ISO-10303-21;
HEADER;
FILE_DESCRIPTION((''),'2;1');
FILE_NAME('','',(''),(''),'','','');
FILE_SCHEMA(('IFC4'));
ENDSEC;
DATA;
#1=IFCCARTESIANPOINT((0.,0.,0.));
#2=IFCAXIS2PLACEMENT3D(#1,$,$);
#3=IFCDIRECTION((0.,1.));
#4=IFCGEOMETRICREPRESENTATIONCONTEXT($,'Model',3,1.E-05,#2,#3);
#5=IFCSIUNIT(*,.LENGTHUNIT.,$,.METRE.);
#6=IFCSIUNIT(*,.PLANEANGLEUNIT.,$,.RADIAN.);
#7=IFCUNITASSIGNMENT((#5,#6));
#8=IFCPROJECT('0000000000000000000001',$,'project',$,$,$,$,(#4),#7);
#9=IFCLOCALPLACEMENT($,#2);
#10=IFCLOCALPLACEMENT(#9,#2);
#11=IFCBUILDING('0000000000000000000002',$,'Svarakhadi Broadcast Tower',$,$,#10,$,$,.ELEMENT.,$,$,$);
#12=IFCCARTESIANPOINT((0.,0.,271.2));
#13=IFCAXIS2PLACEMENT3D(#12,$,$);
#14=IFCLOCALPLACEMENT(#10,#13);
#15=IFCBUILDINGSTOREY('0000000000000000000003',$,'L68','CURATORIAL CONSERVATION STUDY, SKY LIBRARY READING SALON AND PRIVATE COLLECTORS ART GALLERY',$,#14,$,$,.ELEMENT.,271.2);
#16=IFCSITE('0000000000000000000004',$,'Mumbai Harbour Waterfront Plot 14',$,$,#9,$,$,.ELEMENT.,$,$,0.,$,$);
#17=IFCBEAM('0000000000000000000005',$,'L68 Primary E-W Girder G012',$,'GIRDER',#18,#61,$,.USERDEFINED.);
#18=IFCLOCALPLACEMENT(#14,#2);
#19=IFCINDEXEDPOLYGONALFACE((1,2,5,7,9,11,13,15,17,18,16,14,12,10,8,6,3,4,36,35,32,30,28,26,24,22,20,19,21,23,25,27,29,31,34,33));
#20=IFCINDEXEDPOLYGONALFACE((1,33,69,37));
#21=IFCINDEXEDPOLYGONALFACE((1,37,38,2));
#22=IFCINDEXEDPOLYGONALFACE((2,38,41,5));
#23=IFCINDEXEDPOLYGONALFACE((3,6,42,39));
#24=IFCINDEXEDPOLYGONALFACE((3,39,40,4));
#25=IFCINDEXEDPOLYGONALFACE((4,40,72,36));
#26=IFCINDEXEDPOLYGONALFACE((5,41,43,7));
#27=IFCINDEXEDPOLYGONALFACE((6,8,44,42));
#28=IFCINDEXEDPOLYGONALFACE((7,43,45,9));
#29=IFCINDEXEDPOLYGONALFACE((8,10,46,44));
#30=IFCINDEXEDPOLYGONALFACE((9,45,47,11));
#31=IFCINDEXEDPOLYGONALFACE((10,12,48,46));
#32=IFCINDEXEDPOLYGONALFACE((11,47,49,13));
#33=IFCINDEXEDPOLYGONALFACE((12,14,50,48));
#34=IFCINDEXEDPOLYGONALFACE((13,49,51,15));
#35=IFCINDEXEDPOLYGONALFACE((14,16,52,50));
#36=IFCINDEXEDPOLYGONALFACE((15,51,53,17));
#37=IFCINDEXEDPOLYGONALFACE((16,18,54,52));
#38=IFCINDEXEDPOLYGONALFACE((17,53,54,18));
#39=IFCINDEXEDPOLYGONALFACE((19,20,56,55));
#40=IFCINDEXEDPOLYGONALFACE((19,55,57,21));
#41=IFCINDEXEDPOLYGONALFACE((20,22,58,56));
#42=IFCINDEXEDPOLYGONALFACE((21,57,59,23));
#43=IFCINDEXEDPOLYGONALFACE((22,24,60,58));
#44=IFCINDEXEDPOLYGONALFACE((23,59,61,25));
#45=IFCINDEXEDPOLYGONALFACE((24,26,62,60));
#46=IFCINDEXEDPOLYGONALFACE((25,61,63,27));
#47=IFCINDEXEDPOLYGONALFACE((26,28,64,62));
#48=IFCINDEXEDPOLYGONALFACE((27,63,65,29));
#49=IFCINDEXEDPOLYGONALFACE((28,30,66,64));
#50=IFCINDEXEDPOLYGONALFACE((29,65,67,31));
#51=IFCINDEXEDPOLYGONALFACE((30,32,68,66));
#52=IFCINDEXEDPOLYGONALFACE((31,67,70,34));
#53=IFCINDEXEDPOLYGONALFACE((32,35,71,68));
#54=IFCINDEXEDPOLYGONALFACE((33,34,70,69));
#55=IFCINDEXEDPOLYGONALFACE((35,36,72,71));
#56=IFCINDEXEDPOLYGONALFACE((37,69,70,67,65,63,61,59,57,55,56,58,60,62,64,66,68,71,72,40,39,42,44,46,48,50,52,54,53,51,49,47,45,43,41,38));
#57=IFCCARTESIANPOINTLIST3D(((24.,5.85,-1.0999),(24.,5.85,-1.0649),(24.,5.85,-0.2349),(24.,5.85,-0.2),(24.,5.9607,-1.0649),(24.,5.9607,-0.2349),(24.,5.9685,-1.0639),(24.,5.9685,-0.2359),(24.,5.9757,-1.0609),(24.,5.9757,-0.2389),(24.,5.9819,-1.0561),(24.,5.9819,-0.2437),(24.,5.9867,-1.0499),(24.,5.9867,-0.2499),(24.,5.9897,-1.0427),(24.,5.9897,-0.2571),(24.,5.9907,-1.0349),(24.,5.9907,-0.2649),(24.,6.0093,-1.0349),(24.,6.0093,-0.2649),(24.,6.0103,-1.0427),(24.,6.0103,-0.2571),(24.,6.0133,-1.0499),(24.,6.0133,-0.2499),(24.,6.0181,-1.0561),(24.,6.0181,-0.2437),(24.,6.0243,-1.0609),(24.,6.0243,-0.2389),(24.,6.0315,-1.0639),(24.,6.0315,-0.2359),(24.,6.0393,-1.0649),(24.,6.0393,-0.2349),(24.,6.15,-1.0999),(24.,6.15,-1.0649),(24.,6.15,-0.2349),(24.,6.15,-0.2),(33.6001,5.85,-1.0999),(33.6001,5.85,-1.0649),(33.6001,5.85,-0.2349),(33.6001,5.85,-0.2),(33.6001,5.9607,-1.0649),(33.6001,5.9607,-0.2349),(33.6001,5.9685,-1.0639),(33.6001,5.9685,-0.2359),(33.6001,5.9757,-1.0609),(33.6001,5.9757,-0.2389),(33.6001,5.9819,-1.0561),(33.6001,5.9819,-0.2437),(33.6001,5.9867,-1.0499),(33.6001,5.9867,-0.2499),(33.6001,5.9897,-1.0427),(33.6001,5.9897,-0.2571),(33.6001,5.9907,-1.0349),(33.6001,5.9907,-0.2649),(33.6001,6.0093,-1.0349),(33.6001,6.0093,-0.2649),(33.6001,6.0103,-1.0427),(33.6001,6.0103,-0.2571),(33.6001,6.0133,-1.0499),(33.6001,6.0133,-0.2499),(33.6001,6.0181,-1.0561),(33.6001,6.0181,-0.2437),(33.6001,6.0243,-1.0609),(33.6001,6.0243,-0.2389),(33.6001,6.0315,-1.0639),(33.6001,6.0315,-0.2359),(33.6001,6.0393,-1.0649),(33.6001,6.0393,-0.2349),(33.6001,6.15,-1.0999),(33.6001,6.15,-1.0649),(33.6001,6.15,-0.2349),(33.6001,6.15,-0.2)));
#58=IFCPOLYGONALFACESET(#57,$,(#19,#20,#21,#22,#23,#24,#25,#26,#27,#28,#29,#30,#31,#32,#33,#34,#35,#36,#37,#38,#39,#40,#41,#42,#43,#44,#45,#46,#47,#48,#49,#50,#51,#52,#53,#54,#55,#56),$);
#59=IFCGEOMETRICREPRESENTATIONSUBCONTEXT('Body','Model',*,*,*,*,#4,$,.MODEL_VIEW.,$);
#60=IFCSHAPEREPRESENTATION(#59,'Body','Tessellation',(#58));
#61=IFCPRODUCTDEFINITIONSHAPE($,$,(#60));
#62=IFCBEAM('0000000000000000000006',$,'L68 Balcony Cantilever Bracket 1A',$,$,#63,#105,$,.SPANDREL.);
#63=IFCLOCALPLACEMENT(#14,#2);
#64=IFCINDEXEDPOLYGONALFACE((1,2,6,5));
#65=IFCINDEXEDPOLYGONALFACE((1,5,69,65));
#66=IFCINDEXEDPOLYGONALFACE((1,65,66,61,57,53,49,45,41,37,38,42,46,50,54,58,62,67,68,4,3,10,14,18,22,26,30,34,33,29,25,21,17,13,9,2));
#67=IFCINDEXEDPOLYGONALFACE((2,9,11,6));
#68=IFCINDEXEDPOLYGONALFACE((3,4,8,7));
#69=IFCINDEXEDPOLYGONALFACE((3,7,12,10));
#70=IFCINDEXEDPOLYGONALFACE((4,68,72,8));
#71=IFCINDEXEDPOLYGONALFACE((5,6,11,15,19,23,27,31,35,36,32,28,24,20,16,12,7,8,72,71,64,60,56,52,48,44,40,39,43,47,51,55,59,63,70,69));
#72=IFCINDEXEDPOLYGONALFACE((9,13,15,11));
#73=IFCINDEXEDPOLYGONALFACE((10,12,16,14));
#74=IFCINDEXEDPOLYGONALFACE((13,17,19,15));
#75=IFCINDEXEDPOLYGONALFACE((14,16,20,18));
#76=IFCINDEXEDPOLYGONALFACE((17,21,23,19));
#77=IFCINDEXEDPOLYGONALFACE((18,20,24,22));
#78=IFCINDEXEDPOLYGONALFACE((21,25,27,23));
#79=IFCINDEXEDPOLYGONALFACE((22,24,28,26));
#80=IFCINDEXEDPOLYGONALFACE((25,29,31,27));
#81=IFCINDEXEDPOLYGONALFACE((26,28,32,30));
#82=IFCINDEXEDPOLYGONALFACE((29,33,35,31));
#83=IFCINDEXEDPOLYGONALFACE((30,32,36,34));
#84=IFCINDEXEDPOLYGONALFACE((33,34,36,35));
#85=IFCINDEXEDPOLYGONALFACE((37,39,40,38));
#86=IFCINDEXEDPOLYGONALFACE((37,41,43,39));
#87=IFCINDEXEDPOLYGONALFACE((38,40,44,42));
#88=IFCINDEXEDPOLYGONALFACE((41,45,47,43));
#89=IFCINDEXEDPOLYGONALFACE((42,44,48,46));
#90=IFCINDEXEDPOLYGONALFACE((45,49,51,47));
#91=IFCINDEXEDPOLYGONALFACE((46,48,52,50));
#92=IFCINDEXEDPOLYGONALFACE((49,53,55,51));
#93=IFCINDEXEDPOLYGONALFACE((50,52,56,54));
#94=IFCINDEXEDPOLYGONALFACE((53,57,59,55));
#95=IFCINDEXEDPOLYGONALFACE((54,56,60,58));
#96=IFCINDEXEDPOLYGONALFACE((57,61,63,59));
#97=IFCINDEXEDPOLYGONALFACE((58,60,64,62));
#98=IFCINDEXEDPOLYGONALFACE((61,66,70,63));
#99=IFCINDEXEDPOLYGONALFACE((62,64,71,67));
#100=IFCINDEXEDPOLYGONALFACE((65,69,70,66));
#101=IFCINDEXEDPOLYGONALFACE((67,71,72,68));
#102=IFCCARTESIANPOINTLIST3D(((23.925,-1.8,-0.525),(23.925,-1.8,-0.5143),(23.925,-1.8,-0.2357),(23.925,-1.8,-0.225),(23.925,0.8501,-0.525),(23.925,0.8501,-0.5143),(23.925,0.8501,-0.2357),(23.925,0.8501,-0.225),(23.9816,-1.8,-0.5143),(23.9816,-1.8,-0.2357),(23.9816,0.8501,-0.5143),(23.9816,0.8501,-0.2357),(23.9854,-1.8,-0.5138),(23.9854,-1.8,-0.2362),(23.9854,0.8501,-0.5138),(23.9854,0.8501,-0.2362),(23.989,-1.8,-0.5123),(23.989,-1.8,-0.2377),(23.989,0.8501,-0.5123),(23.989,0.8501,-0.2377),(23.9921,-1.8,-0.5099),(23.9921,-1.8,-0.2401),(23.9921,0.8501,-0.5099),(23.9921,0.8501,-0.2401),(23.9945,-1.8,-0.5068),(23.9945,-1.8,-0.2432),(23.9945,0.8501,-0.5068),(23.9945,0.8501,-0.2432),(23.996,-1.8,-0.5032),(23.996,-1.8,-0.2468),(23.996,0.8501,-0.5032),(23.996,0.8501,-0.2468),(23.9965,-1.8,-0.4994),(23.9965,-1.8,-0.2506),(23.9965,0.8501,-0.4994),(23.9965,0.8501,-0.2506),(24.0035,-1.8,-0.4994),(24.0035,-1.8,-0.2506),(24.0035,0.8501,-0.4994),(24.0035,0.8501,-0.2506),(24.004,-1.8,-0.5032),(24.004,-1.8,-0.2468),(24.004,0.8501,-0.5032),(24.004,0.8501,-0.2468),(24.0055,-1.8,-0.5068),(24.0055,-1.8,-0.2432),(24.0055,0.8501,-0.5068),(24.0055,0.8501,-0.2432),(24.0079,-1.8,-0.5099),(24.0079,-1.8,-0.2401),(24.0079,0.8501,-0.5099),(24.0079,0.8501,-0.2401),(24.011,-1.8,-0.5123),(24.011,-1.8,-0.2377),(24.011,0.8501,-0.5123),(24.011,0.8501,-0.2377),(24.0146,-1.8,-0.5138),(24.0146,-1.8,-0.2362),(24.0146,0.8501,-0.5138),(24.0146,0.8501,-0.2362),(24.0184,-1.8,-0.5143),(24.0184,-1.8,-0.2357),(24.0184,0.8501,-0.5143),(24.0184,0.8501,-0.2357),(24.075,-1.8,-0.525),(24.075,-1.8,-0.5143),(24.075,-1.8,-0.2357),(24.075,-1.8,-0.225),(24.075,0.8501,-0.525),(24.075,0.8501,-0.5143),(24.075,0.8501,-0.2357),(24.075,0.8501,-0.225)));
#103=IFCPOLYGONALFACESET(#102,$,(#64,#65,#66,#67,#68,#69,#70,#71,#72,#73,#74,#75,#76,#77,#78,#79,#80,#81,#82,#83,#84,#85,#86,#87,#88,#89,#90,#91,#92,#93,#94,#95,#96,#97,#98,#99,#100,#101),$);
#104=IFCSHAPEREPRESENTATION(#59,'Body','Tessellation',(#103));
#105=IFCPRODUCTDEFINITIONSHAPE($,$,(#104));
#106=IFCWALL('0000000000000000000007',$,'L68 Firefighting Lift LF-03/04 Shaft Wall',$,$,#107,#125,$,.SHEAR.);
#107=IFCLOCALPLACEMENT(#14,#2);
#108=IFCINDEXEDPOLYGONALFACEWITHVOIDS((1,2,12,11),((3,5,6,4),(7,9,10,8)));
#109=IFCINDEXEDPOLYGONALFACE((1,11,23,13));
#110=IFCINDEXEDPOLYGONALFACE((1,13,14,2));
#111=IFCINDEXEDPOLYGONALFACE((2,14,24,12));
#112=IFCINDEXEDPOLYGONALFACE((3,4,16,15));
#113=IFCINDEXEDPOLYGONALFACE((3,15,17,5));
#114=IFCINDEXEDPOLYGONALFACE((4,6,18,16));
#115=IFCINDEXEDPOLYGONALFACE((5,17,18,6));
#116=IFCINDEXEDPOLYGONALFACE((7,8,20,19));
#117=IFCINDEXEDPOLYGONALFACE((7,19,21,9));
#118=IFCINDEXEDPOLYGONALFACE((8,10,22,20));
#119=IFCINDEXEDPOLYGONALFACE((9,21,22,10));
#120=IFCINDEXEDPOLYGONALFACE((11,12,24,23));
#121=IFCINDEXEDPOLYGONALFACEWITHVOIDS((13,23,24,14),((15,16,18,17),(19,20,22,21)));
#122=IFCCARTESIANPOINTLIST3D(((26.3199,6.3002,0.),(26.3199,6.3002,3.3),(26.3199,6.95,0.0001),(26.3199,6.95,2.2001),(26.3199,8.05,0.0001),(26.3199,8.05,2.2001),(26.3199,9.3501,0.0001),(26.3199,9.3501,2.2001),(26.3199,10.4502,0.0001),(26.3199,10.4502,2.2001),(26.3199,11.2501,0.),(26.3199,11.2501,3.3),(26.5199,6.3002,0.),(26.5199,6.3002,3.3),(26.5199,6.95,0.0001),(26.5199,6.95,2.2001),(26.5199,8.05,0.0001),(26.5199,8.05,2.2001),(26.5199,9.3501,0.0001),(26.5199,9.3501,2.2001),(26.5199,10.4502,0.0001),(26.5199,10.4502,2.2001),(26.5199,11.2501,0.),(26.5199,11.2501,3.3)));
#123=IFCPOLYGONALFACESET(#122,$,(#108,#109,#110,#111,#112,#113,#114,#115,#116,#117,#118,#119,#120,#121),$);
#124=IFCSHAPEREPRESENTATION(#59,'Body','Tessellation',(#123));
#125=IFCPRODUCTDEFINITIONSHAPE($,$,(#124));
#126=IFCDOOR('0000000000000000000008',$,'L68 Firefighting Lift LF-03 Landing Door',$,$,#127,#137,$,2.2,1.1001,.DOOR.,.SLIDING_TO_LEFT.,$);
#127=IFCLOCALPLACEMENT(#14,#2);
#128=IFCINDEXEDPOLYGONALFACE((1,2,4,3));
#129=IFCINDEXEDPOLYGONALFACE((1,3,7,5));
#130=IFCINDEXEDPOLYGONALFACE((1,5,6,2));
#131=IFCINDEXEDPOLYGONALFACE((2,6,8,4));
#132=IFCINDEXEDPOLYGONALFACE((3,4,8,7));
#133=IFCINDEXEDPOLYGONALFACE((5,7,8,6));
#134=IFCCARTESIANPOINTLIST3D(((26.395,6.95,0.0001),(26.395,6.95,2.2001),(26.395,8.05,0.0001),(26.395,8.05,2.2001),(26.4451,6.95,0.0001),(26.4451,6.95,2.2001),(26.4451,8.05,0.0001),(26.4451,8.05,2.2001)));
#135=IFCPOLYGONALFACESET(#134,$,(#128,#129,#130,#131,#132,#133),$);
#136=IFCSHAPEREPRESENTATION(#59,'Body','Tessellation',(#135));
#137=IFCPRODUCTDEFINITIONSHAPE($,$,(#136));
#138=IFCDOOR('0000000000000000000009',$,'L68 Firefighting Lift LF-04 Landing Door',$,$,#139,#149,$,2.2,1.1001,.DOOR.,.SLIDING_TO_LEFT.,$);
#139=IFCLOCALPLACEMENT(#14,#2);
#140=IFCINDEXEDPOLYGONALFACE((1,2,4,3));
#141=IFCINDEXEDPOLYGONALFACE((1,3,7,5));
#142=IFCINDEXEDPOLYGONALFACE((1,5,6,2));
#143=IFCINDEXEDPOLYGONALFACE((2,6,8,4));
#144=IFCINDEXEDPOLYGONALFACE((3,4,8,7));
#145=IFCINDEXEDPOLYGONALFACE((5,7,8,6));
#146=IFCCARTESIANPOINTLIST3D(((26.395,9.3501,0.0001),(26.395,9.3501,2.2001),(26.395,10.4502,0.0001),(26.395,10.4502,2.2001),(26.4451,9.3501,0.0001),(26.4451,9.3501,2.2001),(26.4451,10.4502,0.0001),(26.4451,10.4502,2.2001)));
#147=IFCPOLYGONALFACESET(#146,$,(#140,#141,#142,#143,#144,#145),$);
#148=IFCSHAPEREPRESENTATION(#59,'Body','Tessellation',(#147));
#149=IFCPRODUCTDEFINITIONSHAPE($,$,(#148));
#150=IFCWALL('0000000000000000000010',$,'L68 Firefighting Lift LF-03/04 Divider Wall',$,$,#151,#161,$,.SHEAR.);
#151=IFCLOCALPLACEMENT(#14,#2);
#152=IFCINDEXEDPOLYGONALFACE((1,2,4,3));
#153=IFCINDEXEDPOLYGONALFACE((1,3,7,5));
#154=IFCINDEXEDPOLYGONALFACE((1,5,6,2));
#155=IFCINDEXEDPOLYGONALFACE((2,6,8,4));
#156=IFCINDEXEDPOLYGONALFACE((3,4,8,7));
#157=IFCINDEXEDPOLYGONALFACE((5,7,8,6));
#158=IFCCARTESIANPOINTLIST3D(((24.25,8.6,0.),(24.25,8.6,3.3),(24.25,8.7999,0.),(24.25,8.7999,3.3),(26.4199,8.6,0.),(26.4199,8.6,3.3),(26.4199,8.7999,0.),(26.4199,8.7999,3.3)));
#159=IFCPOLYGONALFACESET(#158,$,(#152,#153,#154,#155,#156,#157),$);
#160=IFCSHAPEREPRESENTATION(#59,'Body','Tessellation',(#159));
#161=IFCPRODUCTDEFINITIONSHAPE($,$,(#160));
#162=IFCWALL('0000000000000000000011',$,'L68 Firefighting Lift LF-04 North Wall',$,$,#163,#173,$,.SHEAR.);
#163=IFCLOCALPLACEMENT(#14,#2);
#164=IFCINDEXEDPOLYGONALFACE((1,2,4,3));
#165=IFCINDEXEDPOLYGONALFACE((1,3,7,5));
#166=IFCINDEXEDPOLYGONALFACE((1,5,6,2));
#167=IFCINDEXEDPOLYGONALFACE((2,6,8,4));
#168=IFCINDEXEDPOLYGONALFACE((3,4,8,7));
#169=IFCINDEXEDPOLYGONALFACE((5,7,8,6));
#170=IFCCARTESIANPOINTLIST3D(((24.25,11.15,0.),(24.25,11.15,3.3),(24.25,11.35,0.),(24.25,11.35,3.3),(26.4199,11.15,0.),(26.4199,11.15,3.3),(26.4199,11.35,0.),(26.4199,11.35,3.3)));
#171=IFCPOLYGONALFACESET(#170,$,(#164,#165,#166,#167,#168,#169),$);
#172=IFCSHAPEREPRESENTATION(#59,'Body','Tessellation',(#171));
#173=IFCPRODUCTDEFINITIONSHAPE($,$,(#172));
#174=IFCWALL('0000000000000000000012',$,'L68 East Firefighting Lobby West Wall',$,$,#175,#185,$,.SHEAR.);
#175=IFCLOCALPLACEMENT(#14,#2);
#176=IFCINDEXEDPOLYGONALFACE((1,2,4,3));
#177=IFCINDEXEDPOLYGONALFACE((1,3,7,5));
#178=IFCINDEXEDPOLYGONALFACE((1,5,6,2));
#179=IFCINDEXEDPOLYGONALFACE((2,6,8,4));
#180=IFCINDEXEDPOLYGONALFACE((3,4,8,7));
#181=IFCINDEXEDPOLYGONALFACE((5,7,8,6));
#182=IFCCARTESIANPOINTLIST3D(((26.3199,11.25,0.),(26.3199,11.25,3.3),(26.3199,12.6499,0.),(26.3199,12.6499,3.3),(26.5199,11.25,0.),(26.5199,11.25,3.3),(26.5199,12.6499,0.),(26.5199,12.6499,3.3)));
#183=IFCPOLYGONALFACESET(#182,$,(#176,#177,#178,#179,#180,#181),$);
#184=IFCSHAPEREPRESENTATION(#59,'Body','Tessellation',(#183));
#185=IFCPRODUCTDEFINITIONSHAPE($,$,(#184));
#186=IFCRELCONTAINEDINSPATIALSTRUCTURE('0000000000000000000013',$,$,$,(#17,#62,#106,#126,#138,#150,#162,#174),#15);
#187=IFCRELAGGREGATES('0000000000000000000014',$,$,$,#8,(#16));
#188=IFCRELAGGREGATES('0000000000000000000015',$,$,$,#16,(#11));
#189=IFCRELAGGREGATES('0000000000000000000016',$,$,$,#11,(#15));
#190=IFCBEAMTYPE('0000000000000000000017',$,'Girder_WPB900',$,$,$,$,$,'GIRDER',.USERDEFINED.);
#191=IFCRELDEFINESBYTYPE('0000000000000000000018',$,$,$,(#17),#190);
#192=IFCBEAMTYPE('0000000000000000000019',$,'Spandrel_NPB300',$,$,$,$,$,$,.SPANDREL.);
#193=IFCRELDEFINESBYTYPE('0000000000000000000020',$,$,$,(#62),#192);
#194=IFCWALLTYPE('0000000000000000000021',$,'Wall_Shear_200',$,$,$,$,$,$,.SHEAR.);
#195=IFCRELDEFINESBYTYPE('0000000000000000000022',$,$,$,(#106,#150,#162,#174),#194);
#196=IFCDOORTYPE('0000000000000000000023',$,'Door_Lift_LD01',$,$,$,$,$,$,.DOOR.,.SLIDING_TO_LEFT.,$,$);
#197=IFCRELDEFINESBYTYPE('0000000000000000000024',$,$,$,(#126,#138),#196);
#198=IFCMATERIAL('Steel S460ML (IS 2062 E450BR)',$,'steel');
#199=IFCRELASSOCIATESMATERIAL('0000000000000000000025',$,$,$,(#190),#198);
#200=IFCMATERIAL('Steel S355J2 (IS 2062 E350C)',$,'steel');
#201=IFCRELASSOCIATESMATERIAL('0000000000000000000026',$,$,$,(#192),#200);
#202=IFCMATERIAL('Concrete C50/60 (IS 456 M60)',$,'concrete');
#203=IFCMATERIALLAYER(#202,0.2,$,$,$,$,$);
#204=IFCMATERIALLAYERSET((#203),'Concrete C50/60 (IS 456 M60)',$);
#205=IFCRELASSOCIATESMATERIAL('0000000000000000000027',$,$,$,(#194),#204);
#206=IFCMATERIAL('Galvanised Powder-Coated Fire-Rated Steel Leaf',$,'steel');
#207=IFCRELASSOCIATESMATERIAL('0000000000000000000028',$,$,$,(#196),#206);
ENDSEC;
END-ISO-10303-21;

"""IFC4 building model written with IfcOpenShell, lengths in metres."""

from ifc_helpers import new_model, si_unit, direction, frame, frame_2d, origin, origin_2d, place, context, subcontext, project, spatial, rectangle, i_section, extrude, material, layer, layer_set, material_profile, profile_set, type_object, element, fill, save


model = new_model("IFC4")

# Units and contexts
model_context = context("Model", 3, precision=1e-05, world=origin(), true_north=direction((0.0, 1.0)))
body_context = subcontext(model_context, "Body", "Model", "MODEL_VIEW")
ifc_project = project(units=[si_unit("LENGTHUNIT", "METRE"), si_unit("PLANEANGLEUNIT", "RADIAN")], contexts=[model_context])

# Site, building, storey
site_placement = place(None, origin())
site = spatial("IfcSite", under=ifc_project, at=site_placement, Name="Mumbai Harbour Waterfront Plot 14", CompositionType="ELEMENT", RefElevation=0.0)
building_placement = place(site_placement, origin())
building = spatial("IfcBuilding", under=site, at=building_placement, Name="Svarakhadi Broadcast Tower", CompositionType="ELEMENT")
storey_placement = place(building_placement, frame((0.0, 0.0, 271.2)))
storey = spatial("IfcBuildingStorey", under=building, at=storey_placement, Name="L68", Description="CURATORIAL CONSERVATION STUDY, SKY LIBRARY READING SALON AND PRIVATE COLLECTORS ART GALLERY", CompositionType="ELEMENT", Elevation=271.2)

# Shared definitions
ifc_material_1 = material(Name="Concrete C50/60 (IS 456 M60)", Category="concrete")
ifc_material_2 = material(Name="Steel S460ML (IS 2062 E450BR)", Category="steel")

# Beams
ifc_material_3 = material(Name="Steel S355J2 (IS 2062 E350C)", Category="steel")
ifc_material_profile_1 = material_profile(ifc_material_2, i_section(OverallWidth=0.3, OverallDepth=0.8999, WebThickness=0.0186, FlangeThickness=0.0349, FilletRadius=0.03, at=origin_2d()), Name="WPB 900x300x291")
ifc_profile_set_1 = profile_set([ifc_material_profile_1], Name="Steel S460ML (IS 2062 E450BR)")
beam_type_1 = type_object("IfcBeamType", Name="Girder_WPB900", ElementType="GIRDER", PredefinedType="USERDEFINED", material=ifc_profile_set_1)
beam_1_placement = place(storey_placement, frame((24.0, 6.0, -0.6499), z_axis=(1.0, 0.0, 0.0), x_axis=(0.0, 1.0, 0.0)))
element("IfcBeam", 1, at=beam_1_placement, inside=storey, type_object=beam_type_1, Name="L68 Primary E-W Girder G012", ObjectType="GIRDER", PredefinedType="USERDEFINED", context=body_context, shape_type="SweptSolid", body=[
    extrude(i_section(OverallWidth=0.3, OverallDepth=0.8999, WebThickness=0.0186, FlangeThickness=0.0349, FilletRadius=0.03, at=origin_2d()), origin(), (0.0, 0.0, 1.0), 9.6001),
])
ifc_material_profile_2 = material_profile(ifc_material_3, i_section(OverallWidth=0.1499, OverallDepth=0.3, WebThickness=0.0071, FlangeThickness=0.0107, FilletRadius=0.0149, at=origin_2d()), Name="NPB 300x150x37")
ifc_profile_set_2 = profile_set([ifc_material_profile_2], Name="Steel S355J2 (IS 2062 E350C)")
beam_type_2 = type_object("IfcBeamType", Name="Spandrel_NPB300", PredefinedType="SPANDREL", material=ifc_profile_set_2)
beam_2_placement = place(storey_placement, frame((24.0, 0.8501, -0.375), z_axis=(0.0, -1.0, 0.0), x_axis=(1.0, 0.0, 0.0)))
element("IfcBeam", 2, at=beam_2_placement, inside=storey, type_object=beam_type_2, Name="L68 Balcony Cantilever Bracket 1A", PredefinedType="SPANDREL", context=body_context, shape_type="SweptSolid", body=[
    extrude(i_section(OverallWidth=0.1499, OverallDepth=0.3, WebThickness=0.0071, FlangeThickness=0.0107, FilletRadius=0.0149, at=origin_2d()), origin(), (0.0, 0.0, 1.0), 2.6501),
])

# Wall, openings, doors
ifc_layer_1 = layer(ifc_material_1, 0.2)
ifc_layer_set_1 = layer_set([ifc_layer_1], Name="Concrete C50/60 (IS 456 M60)")
wall_type_1 = type_object("IfcWallType", Name="Wall_Shear_200", PredefinedType="SHEAR", material=ifc_layer_set_1)
wall_1_placement = place(storey_placement, frame((26.4199, 6.3, 0.0), z_axis=(0.0, 0.0, 1.0), x_axis=(0.0, 1.0, 0.0)))
wall_1 = element("IfcWall", 3, at=wall_1_placement, inside=storey, type_object=wall_type_1, Name="L68 Firefighting Lift LF-03/04 Shaft Wall", PredefinedType="SHEAR", context=body_context, shape_type="SweptSolid", body=[
    extrude(rectangle(XDim=4.95, YDim=0.2, at=frame_2d((2.4751, 0.0))), origin(), (0.0, 0.0, 1.0), 3.3),
])
opening_1_placement = place(wall_1_placement, frame((0.6499, 0.0, 0.0)))
opening_1 = element("IfcOpeningElement", 4, at=opening_1_placement, cuts=wall_1, PredefinedType="OPENING", context=body_context, shape_type="SweptSolid", body=[
    extrude(rectangle(XDim=1.1001, YDim=2.2, at=frame_2d((0.55, 1.1001))), frame((0.0, 0.1099, 0.0), z_axis=(0.0, -1.0, 0.0), x_axis=(1.0, 0.0, 0.0)), (0.0, 0.0, 1.0), 0.22),
])
opening_2_placement = place(wall_1_placement, frame((3.05, 0.0, 0.0)))
opening_2 = element("IfcOpeningElement", 5, at=opening_2_placement, cuts=wall_1, PredefinedType="OPENING", context=body_context, shape_type="SweptSolid", body=[
    extrude(rectangle(XDim=1.1001, YDim=2.2, at=frame_2d((0.55, 1.1001))), frame((0.0, 0.1099, 0.0), z_axis=(0.0, -1.0, 0.0), x_axis=(1.0, 0.0, 0.0)), (0.0, 0.0, 1.0), 0.22),
])
ifc_material_4 = material(Name="Galvanised Powder-Coated Fire-Rated Steel Leaf", Category="steel")
door_type_1 = type_object("IfcDoorType", Name="Door_Lift_LD01", OperationType="SLIDING_TO_LEFT", PredefinedType="DOOR", material=ifc_material_4)
door_1_placement = place(opening_1_placement, origin())
door_1 = element("IfcDoor", 6, at=door_1_placement, inside=storey, type_object=door_type_1, Name="L68 Firefighting Lift LF-03 Landing Door", OperationType="SLIDING_TO_LEFT", OverallHeight=2.2, OverallWidth=1.1001, PredefinedType="DOOR", context=body_context, shape_type="SweptSolid", body=[
    extrude(rectangle(XDim=1.1001, YDim=2.2, at=frame_2d((0.55, 1.1001))), frame((0.0, 0.0249, 0.0), z_axis=(0.0, -1.0, 0.0), x_axis=(1.0, 0.0, 0.0)), (0.0, 0.0, 1.0), 0.05),
])
fill(opening_1, door_1)
door_2_placement = place(opening_2_placement, origin())
door_2 = element("IfcDoor", 7, at=door_2_placement, inside=storey, type_object=door_type_1, Name="L68 Firefighting Lift LF-04 Landing Door", OperationType="SLIDING_TO_LEFT", OverallHeight=2.2, OverallWidth=1.1001, PredefinedType="DOOR", context=body_context, shape_type="SweptSolid", body=[
    extrude(rectangle(XDim=1.1001, YDim=2.2, at=frame_2d((0.55, 1.1001))), frame((0.0, 0.0249, 0.0), z_axis=(0.0, -1.0, 0.0), x_axis=(1.0, 0.0, 0.0)), (0.0, 0.0, 1.0), 0.05),
])
fill(opening_2, door_2)

# Walls
for number, where, z_axis, x_axis, name in (
    (8, (24.25, 8.7, 0.0), (0.0, 0.0, 1.0), (1.0, 0.0, 0.0), "L68 Firefighting Lift LF-03/04 Divider Wall"),
    (9, (24.25, 11.25, 0.0), (0.0, 0.0, 1.0), (1.0, 0.0, 0.0), "L68 Firefighting Lift LF-04 North Wall"),
):
    element("IfcWall", number, at=place(storey_placement, frame(where, z_axis=z_axis, x_axis=x_axis)), inside=storey, type_object=wall_type_1, Name=name, PredefinedType="SHEAR", context=body_context, shape_type="SweptSolid", body=[
        extrude(rectangle(XDim=2.1699, YDim=0.2, at=frame_2d((1.085, 0.0))), origin(), (0.0, 0.0, 1.0), 3.3),
    ])
wall_2_placement = place(storey_placement, frame((26.4199, 11.25, 0.0), z_axis=(0.0, 0.0, 1.0), x_axis=(0.0, 1.0, 0.0)))
element("IfcWall", 10, at=wall_2_placement, inside=storey, type_object=wall_type_1, Name="L68 East Firefighting Lobby West Wall", PredefinedType="SHEAR", context=body_context, shape_type="SweptSolid", body=[
    extrude(rectangle(XDim=1.3999, YDim=0.2, at=frame_2d((0.7, 0.0))), origin(), (0.0, 0.0, 1.0), 3.3),
])

save(model, "model.ifc")
